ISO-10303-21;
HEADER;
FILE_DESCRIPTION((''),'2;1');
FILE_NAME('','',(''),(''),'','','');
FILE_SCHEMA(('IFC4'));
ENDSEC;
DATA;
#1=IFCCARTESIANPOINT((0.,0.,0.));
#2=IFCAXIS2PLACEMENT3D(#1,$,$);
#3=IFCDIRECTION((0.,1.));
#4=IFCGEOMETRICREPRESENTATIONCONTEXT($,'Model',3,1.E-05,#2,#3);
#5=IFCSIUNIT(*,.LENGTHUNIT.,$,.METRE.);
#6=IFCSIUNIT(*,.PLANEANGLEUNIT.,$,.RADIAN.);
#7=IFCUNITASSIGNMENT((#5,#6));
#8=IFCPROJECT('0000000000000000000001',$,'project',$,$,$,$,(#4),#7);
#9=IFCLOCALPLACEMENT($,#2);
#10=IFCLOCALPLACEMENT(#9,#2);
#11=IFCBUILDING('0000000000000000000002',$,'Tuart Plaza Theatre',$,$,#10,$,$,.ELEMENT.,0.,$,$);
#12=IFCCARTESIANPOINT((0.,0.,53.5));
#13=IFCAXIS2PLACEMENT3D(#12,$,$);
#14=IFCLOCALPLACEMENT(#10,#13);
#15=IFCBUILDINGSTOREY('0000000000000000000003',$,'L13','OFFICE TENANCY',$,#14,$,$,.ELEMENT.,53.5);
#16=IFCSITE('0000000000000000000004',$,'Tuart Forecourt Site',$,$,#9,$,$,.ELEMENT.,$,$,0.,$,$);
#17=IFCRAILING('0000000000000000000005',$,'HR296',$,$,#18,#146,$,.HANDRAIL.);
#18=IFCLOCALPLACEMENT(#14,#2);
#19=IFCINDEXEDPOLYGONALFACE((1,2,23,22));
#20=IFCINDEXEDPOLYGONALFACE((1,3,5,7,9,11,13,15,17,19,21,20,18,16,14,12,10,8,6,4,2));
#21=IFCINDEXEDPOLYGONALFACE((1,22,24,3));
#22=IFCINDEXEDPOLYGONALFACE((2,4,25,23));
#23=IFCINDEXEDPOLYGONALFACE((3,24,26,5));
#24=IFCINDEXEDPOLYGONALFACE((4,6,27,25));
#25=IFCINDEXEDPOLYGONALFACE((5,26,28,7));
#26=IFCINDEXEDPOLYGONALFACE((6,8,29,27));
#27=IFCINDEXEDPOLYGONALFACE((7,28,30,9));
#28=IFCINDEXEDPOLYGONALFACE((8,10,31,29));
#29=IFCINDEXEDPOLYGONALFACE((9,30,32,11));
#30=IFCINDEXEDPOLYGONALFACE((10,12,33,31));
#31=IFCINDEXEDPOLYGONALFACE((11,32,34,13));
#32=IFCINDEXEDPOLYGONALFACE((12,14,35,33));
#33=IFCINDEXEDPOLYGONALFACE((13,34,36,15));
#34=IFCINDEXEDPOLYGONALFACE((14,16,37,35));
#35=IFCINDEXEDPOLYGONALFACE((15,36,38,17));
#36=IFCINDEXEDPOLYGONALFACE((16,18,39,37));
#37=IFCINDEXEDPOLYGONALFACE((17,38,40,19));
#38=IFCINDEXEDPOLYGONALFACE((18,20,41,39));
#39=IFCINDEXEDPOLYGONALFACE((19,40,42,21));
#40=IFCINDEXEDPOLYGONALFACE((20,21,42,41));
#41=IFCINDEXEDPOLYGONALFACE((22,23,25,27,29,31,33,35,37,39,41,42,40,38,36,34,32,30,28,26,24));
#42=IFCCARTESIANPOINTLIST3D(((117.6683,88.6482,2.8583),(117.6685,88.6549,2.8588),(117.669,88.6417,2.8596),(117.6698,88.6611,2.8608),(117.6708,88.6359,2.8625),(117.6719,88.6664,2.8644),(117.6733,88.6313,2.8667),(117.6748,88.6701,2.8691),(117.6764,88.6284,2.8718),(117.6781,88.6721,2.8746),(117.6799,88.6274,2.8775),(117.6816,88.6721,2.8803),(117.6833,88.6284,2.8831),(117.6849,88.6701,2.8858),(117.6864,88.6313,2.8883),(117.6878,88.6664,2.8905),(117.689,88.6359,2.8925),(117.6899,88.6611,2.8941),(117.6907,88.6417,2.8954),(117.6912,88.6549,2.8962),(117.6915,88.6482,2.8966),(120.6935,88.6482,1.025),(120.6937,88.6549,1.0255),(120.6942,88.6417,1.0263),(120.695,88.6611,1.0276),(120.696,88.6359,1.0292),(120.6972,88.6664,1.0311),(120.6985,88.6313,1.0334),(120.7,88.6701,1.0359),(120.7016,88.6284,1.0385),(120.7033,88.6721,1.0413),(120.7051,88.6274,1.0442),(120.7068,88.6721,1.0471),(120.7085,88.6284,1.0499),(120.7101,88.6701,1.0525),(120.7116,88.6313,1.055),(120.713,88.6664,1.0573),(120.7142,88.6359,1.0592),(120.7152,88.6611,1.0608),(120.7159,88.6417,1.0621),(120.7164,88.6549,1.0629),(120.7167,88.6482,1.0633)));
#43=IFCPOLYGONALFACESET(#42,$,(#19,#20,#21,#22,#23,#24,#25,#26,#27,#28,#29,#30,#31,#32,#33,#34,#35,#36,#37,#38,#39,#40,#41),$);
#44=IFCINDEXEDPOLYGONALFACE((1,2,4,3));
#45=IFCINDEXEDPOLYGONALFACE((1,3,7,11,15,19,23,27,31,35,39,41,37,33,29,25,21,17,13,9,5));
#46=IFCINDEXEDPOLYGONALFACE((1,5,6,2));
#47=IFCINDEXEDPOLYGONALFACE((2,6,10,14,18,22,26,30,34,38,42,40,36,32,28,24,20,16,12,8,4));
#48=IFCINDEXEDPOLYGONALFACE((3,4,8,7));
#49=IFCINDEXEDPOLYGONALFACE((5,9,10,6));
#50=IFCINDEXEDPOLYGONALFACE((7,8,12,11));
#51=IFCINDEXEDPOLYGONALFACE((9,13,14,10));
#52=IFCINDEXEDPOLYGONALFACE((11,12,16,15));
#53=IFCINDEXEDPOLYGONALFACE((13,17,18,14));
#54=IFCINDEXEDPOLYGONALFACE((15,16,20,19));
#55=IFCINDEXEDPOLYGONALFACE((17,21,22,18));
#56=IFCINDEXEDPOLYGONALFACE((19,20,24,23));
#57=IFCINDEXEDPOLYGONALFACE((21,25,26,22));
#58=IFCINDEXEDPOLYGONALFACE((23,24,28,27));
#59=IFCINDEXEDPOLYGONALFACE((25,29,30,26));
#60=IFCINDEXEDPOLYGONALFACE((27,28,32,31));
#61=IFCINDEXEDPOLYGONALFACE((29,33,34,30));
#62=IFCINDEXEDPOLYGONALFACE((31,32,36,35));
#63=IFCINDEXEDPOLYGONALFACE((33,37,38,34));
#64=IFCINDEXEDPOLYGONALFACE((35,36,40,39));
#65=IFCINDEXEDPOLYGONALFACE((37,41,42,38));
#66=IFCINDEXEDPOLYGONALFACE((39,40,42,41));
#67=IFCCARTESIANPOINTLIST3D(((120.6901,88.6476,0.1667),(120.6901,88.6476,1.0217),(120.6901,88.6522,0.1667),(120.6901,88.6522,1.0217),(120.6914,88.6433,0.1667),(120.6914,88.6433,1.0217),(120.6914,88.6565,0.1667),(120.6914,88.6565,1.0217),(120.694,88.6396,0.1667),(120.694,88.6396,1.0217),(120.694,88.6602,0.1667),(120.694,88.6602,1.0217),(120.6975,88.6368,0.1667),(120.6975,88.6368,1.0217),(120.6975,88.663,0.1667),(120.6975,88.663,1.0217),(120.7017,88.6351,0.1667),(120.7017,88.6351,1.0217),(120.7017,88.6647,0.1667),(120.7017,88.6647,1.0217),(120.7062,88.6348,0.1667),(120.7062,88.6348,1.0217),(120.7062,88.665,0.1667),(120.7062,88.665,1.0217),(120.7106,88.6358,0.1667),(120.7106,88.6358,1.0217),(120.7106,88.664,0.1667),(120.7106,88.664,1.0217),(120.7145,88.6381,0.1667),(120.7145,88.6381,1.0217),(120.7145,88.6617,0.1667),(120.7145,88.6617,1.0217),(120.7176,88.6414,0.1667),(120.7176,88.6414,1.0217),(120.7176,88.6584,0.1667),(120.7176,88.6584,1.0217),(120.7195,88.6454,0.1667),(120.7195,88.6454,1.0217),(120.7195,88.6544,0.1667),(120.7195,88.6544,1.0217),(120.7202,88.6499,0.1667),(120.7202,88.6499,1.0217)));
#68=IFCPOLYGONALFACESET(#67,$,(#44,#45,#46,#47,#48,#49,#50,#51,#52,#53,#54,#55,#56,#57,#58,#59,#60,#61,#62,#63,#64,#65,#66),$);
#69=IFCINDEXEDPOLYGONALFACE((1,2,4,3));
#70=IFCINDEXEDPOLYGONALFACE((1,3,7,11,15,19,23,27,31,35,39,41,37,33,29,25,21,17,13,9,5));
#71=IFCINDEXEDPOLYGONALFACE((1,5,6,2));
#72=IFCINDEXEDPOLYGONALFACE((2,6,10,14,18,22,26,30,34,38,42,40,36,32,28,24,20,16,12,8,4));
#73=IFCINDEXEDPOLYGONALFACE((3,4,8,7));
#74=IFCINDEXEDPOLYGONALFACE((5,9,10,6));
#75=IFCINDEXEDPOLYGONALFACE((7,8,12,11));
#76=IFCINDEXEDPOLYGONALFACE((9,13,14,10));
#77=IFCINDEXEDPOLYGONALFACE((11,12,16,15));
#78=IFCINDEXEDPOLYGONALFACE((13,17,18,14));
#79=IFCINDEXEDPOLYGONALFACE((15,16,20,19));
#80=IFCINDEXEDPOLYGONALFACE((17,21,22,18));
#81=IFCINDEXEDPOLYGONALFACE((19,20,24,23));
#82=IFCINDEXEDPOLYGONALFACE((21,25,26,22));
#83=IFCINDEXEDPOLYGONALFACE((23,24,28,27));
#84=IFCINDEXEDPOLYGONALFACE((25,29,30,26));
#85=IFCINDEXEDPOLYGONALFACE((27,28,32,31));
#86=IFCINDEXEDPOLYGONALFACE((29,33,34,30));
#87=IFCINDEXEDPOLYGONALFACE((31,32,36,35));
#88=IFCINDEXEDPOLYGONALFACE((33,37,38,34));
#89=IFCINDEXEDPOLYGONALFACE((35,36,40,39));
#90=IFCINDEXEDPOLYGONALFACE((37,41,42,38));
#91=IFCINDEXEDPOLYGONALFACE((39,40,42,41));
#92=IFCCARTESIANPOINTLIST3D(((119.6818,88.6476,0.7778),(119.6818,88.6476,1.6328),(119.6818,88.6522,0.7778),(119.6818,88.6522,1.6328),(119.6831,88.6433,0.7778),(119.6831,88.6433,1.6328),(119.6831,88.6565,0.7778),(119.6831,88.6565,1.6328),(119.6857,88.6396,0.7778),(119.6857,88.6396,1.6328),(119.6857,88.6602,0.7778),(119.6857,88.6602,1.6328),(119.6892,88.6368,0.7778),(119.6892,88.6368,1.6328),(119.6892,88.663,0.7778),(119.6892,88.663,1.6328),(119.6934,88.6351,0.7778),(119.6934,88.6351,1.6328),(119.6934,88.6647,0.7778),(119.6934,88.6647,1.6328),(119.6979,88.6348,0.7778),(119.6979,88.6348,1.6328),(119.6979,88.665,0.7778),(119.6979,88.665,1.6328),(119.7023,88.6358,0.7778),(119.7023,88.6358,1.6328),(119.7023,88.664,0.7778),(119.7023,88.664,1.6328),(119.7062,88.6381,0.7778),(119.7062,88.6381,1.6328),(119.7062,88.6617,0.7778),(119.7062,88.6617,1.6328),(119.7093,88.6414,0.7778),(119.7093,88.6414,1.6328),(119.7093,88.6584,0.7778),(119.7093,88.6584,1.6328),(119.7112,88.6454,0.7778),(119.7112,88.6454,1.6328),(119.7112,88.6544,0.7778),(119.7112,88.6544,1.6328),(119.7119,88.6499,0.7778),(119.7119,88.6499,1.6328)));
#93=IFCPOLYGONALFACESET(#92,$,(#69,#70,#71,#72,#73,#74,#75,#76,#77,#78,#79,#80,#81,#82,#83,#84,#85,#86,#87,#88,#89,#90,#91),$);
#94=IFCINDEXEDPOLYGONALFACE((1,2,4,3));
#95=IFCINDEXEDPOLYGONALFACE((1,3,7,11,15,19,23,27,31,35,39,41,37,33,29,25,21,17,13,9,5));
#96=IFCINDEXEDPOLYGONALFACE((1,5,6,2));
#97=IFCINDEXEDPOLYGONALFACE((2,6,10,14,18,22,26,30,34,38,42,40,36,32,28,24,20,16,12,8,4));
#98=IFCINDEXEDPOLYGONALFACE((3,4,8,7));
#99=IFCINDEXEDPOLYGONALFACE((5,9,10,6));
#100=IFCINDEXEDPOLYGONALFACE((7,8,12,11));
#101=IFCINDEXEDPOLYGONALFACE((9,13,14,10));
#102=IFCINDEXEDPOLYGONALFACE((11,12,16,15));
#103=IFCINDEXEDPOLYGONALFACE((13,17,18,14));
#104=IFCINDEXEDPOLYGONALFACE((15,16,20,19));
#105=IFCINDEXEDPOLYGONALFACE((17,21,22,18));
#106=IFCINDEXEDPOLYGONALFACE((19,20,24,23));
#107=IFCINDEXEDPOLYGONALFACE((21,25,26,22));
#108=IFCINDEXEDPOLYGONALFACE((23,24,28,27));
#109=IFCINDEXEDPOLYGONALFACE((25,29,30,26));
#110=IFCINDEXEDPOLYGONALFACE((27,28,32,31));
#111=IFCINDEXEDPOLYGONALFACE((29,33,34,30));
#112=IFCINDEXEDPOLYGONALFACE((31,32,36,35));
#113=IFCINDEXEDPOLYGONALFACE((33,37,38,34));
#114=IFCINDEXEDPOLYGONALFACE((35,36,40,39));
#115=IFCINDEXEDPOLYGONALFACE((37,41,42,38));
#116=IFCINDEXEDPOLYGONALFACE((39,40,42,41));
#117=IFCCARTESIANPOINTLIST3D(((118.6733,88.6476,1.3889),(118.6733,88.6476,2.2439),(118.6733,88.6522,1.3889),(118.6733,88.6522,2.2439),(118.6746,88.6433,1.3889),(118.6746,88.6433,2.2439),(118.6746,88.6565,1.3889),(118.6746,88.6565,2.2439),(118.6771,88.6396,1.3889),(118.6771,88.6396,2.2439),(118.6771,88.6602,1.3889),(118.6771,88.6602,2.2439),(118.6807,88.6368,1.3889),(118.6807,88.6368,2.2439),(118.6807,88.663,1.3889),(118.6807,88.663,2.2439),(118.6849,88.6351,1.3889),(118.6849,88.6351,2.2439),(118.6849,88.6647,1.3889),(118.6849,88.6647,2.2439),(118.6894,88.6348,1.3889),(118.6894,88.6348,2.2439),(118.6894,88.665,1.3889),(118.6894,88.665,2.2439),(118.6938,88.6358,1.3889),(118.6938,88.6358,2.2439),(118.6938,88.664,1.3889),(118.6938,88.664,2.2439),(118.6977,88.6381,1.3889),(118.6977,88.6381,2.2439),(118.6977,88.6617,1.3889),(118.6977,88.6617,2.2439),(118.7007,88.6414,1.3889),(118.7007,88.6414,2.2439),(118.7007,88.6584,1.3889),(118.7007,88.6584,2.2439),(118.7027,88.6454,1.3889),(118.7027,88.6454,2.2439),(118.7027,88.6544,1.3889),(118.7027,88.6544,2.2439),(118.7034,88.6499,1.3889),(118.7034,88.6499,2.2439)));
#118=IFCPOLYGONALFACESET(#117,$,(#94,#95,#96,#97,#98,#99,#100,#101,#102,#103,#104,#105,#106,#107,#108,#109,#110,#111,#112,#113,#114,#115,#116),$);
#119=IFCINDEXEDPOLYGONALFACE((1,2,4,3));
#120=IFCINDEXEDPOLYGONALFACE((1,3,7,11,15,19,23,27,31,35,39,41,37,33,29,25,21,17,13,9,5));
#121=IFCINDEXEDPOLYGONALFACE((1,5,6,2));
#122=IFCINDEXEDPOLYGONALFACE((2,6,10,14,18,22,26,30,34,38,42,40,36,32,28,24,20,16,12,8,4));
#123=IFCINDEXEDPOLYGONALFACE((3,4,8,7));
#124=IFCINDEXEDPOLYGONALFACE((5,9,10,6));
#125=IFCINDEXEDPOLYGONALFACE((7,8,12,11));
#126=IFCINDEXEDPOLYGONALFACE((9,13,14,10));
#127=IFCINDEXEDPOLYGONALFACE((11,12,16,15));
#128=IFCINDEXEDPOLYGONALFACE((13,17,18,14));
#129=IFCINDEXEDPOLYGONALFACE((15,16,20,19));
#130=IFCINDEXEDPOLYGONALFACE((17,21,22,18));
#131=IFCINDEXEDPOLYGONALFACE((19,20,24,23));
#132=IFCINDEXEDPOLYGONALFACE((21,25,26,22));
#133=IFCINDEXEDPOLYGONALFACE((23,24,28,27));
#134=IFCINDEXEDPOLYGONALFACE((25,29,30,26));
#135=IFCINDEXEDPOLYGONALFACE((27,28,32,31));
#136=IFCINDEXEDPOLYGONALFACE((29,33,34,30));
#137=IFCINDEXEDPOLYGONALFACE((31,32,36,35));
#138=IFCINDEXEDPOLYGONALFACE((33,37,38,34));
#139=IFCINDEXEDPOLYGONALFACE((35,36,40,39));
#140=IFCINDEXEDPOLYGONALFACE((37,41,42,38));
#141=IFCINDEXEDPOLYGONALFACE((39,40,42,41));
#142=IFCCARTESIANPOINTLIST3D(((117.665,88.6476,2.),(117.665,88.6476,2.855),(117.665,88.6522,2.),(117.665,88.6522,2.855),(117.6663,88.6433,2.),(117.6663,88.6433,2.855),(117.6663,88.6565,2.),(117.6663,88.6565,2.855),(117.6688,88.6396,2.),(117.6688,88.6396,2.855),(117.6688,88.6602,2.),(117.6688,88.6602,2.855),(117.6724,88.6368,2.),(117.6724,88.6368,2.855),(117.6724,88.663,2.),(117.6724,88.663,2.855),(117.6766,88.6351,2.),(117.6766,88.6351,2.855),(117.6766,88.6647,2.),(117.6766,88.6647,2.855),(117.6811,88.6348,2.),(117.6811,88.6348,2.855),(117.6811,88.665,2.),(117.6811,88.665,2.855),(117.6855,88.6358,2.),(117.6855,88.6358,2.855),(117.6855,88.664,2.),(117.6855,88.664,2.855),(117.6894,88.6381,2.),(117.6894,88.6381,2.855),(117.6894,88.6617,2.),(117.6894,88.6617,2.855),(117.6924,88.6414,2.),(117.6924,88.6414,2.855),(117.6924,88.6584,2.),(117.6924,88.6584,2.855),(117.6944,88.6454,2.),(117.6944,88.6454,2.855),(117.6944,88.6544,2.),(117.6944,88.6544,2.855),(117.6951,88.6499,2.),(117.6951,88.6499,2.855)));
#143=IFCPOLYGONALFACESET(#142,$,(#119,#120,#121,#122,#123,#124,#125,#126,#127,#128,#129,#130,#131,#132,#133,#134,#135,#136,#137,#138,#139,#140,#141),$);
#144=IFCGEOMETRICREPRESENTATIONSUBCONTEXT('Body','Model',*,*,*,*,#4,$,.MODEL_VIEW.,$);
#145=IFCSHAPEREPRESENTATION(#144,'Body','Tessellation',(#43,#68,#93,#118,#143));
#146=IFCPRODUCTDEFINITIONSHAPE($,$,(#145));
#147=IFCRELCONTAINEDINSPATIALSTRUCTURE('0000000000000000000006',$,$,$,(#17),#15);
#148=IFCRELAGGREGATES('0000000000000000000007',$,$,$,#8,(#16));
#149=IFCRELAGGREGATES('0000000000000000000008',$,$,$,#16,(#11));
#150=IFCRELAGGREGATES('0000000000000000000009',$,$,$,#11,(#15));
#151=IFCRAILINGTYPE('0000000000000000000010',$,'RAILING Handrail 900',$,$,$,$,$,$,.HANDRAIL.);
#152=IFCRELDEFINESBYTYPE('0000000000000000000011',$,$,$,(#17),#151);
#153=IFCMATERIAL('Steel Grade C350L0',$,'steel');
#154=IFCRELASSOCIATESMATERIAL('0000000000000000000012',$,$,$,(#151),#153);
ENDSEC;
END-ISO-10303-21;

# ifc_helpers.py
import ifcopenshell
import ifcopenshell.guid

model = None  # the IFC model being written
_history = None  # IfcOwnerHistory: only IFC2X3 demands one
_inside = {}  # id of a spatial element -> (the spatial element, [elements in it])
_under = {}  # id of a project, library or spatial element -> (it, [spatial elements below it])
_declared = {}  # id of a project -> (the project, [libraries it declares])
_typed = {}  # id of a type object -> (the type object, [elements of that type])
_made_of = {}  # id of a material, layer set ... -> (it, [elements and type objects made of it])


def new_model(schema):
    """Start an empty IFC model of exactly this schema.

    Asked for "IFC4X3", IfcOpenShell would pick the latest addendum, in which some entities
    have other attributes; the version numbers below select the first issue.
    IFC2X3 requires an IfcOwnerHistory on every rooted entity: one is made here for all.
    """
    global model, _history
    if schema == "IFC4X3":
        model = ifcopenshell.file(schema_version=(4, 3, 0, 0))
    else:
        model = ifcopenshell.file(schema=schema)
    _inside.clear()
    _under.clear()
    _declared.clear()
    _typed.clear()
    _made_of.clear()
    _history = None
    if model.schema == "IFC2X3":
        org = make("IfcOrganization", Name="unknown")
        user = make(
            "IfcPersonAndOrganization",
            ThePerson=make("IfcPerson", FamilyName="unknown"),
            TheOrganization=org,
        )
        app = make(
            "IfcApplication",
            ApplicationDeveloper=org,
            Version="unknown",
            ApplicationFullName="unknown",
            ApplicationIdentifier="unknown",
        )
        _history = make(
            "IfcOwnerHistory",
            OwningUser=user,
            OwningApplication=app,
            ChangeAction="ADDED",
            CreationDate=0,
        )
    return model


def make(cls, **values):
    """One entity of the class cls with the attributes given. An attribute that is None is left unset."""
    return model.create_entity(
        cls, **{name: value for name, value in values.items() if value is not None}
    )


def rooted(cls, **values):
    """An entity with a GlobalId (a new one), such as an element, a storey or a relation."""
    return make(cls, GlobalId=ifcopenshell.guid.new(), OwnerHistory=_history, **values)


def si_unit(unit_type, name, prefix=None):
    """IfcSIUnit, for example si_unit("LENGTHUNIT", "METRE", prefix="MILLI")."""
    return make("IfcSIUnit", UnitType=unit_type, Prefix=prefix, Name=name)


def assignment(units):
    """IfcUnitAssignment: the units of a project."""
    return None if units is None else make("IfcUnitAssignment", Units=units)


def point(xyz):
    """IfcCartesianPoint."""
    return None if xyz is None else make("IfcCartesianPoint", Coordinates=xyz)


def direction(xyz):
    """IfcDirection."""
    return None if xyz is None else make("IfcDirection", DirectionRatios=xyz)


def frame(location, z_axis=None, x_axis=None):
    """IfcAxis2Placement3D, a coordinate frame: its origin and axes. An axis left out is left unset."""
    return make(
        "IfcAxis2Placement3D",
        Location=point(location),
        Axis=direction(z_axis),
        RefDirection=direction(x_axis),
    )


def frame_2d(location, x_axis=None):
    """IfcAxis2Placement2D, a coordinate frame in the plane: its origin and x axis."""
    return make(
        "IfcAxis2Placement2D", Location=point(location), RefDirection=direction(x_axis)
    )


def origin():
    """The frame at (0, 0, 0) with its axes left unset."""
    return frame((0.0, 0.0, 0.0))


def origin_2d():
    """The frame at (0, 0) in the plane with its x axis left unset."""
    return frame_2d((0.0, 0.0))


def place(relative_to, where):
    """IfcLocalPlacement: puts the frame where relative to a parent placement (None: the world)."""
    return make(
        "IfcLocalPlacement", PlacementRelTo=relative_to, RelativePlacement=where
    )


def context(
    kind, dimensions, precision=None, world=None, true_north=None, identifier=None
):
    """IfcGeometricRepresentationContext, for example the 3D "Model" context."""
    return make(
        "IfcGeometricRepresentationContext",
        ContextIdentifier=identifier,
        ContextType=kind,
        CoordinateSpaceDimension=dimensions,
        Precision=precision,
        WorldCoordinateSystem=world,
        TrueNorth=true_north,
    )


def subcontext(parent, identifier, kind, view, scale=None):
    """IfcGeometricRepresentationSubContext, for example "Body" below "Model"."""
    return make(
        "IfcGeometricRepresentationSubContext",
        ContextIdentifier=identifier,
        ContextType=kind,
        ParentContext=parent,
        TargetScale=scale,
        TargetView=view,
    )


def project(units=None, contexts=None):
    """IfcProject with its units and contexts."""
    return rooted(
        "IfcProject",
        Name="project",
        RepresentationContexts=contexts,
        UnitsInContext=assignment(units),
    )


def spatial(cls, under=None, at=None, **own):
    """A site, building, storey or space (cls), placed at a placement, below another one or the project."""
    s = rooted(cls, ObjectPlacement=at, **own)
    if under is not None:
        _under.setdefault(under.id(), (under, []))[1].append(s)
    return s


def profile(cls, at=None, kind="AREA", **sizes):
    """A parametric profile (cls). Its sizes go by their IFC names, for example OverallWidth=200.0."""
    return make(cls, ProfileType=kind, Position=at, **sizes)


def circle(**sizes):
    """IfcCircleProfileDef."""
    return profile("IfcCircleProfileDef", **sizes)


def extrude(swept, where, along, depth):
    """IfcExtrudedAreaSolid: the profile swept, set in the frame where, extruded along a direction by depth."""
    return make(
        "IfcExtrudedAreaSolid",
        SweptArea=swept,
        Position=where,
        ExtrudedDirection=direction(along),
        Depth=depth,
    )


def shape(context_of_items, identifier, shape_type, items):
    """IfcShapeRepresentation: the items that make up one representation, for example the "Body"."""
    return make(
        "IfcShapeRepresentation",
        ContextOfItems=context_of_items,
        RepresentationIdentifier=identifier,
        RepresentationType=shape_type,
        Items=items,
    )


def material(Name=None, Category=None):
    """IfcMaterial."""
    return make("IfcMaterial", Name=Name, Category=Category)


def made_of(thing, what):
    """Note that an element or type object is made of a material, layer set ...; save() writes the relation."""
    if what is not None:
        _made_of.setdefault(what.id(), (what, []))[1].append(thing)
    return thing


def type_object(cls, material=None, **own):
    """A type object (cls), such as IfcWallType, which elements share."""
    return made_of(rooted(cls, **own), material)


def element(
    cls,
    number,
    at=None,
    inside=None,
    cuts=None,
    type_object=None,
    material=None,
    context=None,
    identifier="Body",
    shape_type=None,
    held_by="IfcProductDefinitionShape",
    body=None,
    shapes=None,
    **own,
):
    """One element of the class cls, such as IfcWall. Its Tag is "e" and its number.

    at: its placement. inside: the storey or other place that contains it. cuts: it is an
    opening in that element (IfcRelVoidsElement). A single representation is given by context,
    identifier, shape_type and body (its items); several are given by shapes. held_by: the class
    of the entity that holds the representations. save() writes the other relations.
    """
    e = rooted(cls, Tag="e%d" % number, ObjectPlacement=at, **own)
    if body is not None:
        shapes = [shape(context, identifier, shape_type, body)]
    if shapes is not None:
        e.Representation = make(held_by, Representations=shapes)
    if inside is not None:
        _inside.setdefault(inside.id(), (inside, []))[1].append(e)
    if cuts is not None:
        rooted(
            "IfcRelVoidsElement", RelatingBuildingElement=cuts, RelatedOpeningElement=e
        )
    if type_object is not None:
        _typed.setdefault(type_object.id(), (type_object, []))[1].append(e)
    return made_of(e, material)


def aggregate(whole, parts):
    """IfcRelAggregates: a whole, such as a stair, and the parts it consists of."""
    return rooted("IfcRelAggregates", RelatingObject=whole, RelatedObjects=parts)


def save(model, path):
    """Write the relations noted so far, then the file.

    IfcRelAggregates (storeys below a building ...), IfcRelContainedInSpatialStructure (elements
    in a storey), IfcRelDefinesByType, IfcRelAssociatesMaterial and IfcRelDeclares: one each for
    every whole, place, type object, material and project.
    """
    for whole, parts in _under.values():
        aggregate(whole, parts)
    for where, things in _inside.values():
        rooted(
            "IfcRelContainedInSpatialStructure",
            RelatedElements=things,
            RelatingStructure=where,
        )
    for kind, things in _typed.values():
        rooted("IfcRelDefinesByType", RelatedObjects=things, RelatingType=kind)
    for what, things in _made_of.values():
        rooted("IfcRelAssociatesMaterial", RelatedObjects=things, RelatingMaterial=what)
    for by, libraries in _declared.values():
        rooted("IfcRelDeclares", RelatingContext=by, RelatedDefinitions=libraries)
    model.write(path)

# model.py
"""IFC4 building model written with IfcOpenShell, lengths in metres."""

from ifc_helpers import new_model, si_unit, direction, frame, origin, origin_2d, place, context, subcontext, project, spatial, circle, extrude, material, type_object, element, save


model = new_model("IFC4")

# Units and contexts
model_context = context("Model", 3, precision=1e-05, world=origin(), true_north=direction((0.0, 1.0)))
body_context = subcontext(model_context, "Body", "Model", "MODEL_VIEW")
ifc_project = project(units=[si_unit("LENGTHUNIT", "METRE"), si_unit("PLANEANGLEUNIT", "RADIAN")], contexts=[model_context])

# Site, building, storey
site_placement = place(None, origin())
site = spatial("IfcSite", under=ifc_project, at=site_placement, Name="Tuart Forecourt Site", CompositionType="ELEMENT", RefElevation=0.0)
building_placement = place(site_placement, origin())
building = spatial("IfcBuilding", under=site, at=building_placement, Name="Tuart Plaza Theatre", CompositionType="ELEMENT", ElevationOfRefHeight=0.0)
storey_placement = place(building_placement, frame((0.0, 0.0, 53.5)))
storey = spatial("IfcBuildingStorey", under=building, at=storey_placement, Name="L13", Description="OFFICE TENANCY", CompositionType="ELEMENT", Elevation=53.5)

# Railing
ifc_material_1 = material(Name="Steel Grade C350L0", Category="steel")
railing_type = type_object("IfcRailingType", Name="RAILING Handrail 900", PredefinedType="HANDRAIL", material=ifc_material_1)
for number, where, name in (
    (1, (120.7051, 88.6499, 0.1667), "HR296"),
):
    element("IfcRailing", number, at=place(storey_placement, frame(where)), inside=storey, type_object=railing_type, Name=name, PredefinedType="HANDRAIL", context=body_context, shape_type="SweptSolid", body=[
        extrude(circle(Radius=0.0225, at=origin_2d()), frame((0.0, 0.0, 0.8774), z_axis=(-0.855219, 0.0, 0.518267), x_axis=(0.0, -1.0, 0.0)), (0.0, 0.0, 1.0), 3.5374),
        extrude(circle(Radius=0.0151, at=origin_2d()), origin(), (0.0, 0.0, 1.0), 0.855),
        extrude(circle(Radius=0.0151, at=origin_2d()), frame((-1.0083, 0.0, 0.6111)), (0.0, 0.0, 1.0), 0.855),
        extrude(circle(Radius=0.0151, at=origin_2d()), frame((-2.0168, 0.0, 1.2222)), (0.0, 0.0, 1.0), 0.855),
        extrude(circle(Radius=0.0151, at=origin_2d()), frame((-3.0251, 0.0, 1.8333)), (0.0, 0.0, 1.0), 0.855),
    ])

save(model, "model.ifc")
